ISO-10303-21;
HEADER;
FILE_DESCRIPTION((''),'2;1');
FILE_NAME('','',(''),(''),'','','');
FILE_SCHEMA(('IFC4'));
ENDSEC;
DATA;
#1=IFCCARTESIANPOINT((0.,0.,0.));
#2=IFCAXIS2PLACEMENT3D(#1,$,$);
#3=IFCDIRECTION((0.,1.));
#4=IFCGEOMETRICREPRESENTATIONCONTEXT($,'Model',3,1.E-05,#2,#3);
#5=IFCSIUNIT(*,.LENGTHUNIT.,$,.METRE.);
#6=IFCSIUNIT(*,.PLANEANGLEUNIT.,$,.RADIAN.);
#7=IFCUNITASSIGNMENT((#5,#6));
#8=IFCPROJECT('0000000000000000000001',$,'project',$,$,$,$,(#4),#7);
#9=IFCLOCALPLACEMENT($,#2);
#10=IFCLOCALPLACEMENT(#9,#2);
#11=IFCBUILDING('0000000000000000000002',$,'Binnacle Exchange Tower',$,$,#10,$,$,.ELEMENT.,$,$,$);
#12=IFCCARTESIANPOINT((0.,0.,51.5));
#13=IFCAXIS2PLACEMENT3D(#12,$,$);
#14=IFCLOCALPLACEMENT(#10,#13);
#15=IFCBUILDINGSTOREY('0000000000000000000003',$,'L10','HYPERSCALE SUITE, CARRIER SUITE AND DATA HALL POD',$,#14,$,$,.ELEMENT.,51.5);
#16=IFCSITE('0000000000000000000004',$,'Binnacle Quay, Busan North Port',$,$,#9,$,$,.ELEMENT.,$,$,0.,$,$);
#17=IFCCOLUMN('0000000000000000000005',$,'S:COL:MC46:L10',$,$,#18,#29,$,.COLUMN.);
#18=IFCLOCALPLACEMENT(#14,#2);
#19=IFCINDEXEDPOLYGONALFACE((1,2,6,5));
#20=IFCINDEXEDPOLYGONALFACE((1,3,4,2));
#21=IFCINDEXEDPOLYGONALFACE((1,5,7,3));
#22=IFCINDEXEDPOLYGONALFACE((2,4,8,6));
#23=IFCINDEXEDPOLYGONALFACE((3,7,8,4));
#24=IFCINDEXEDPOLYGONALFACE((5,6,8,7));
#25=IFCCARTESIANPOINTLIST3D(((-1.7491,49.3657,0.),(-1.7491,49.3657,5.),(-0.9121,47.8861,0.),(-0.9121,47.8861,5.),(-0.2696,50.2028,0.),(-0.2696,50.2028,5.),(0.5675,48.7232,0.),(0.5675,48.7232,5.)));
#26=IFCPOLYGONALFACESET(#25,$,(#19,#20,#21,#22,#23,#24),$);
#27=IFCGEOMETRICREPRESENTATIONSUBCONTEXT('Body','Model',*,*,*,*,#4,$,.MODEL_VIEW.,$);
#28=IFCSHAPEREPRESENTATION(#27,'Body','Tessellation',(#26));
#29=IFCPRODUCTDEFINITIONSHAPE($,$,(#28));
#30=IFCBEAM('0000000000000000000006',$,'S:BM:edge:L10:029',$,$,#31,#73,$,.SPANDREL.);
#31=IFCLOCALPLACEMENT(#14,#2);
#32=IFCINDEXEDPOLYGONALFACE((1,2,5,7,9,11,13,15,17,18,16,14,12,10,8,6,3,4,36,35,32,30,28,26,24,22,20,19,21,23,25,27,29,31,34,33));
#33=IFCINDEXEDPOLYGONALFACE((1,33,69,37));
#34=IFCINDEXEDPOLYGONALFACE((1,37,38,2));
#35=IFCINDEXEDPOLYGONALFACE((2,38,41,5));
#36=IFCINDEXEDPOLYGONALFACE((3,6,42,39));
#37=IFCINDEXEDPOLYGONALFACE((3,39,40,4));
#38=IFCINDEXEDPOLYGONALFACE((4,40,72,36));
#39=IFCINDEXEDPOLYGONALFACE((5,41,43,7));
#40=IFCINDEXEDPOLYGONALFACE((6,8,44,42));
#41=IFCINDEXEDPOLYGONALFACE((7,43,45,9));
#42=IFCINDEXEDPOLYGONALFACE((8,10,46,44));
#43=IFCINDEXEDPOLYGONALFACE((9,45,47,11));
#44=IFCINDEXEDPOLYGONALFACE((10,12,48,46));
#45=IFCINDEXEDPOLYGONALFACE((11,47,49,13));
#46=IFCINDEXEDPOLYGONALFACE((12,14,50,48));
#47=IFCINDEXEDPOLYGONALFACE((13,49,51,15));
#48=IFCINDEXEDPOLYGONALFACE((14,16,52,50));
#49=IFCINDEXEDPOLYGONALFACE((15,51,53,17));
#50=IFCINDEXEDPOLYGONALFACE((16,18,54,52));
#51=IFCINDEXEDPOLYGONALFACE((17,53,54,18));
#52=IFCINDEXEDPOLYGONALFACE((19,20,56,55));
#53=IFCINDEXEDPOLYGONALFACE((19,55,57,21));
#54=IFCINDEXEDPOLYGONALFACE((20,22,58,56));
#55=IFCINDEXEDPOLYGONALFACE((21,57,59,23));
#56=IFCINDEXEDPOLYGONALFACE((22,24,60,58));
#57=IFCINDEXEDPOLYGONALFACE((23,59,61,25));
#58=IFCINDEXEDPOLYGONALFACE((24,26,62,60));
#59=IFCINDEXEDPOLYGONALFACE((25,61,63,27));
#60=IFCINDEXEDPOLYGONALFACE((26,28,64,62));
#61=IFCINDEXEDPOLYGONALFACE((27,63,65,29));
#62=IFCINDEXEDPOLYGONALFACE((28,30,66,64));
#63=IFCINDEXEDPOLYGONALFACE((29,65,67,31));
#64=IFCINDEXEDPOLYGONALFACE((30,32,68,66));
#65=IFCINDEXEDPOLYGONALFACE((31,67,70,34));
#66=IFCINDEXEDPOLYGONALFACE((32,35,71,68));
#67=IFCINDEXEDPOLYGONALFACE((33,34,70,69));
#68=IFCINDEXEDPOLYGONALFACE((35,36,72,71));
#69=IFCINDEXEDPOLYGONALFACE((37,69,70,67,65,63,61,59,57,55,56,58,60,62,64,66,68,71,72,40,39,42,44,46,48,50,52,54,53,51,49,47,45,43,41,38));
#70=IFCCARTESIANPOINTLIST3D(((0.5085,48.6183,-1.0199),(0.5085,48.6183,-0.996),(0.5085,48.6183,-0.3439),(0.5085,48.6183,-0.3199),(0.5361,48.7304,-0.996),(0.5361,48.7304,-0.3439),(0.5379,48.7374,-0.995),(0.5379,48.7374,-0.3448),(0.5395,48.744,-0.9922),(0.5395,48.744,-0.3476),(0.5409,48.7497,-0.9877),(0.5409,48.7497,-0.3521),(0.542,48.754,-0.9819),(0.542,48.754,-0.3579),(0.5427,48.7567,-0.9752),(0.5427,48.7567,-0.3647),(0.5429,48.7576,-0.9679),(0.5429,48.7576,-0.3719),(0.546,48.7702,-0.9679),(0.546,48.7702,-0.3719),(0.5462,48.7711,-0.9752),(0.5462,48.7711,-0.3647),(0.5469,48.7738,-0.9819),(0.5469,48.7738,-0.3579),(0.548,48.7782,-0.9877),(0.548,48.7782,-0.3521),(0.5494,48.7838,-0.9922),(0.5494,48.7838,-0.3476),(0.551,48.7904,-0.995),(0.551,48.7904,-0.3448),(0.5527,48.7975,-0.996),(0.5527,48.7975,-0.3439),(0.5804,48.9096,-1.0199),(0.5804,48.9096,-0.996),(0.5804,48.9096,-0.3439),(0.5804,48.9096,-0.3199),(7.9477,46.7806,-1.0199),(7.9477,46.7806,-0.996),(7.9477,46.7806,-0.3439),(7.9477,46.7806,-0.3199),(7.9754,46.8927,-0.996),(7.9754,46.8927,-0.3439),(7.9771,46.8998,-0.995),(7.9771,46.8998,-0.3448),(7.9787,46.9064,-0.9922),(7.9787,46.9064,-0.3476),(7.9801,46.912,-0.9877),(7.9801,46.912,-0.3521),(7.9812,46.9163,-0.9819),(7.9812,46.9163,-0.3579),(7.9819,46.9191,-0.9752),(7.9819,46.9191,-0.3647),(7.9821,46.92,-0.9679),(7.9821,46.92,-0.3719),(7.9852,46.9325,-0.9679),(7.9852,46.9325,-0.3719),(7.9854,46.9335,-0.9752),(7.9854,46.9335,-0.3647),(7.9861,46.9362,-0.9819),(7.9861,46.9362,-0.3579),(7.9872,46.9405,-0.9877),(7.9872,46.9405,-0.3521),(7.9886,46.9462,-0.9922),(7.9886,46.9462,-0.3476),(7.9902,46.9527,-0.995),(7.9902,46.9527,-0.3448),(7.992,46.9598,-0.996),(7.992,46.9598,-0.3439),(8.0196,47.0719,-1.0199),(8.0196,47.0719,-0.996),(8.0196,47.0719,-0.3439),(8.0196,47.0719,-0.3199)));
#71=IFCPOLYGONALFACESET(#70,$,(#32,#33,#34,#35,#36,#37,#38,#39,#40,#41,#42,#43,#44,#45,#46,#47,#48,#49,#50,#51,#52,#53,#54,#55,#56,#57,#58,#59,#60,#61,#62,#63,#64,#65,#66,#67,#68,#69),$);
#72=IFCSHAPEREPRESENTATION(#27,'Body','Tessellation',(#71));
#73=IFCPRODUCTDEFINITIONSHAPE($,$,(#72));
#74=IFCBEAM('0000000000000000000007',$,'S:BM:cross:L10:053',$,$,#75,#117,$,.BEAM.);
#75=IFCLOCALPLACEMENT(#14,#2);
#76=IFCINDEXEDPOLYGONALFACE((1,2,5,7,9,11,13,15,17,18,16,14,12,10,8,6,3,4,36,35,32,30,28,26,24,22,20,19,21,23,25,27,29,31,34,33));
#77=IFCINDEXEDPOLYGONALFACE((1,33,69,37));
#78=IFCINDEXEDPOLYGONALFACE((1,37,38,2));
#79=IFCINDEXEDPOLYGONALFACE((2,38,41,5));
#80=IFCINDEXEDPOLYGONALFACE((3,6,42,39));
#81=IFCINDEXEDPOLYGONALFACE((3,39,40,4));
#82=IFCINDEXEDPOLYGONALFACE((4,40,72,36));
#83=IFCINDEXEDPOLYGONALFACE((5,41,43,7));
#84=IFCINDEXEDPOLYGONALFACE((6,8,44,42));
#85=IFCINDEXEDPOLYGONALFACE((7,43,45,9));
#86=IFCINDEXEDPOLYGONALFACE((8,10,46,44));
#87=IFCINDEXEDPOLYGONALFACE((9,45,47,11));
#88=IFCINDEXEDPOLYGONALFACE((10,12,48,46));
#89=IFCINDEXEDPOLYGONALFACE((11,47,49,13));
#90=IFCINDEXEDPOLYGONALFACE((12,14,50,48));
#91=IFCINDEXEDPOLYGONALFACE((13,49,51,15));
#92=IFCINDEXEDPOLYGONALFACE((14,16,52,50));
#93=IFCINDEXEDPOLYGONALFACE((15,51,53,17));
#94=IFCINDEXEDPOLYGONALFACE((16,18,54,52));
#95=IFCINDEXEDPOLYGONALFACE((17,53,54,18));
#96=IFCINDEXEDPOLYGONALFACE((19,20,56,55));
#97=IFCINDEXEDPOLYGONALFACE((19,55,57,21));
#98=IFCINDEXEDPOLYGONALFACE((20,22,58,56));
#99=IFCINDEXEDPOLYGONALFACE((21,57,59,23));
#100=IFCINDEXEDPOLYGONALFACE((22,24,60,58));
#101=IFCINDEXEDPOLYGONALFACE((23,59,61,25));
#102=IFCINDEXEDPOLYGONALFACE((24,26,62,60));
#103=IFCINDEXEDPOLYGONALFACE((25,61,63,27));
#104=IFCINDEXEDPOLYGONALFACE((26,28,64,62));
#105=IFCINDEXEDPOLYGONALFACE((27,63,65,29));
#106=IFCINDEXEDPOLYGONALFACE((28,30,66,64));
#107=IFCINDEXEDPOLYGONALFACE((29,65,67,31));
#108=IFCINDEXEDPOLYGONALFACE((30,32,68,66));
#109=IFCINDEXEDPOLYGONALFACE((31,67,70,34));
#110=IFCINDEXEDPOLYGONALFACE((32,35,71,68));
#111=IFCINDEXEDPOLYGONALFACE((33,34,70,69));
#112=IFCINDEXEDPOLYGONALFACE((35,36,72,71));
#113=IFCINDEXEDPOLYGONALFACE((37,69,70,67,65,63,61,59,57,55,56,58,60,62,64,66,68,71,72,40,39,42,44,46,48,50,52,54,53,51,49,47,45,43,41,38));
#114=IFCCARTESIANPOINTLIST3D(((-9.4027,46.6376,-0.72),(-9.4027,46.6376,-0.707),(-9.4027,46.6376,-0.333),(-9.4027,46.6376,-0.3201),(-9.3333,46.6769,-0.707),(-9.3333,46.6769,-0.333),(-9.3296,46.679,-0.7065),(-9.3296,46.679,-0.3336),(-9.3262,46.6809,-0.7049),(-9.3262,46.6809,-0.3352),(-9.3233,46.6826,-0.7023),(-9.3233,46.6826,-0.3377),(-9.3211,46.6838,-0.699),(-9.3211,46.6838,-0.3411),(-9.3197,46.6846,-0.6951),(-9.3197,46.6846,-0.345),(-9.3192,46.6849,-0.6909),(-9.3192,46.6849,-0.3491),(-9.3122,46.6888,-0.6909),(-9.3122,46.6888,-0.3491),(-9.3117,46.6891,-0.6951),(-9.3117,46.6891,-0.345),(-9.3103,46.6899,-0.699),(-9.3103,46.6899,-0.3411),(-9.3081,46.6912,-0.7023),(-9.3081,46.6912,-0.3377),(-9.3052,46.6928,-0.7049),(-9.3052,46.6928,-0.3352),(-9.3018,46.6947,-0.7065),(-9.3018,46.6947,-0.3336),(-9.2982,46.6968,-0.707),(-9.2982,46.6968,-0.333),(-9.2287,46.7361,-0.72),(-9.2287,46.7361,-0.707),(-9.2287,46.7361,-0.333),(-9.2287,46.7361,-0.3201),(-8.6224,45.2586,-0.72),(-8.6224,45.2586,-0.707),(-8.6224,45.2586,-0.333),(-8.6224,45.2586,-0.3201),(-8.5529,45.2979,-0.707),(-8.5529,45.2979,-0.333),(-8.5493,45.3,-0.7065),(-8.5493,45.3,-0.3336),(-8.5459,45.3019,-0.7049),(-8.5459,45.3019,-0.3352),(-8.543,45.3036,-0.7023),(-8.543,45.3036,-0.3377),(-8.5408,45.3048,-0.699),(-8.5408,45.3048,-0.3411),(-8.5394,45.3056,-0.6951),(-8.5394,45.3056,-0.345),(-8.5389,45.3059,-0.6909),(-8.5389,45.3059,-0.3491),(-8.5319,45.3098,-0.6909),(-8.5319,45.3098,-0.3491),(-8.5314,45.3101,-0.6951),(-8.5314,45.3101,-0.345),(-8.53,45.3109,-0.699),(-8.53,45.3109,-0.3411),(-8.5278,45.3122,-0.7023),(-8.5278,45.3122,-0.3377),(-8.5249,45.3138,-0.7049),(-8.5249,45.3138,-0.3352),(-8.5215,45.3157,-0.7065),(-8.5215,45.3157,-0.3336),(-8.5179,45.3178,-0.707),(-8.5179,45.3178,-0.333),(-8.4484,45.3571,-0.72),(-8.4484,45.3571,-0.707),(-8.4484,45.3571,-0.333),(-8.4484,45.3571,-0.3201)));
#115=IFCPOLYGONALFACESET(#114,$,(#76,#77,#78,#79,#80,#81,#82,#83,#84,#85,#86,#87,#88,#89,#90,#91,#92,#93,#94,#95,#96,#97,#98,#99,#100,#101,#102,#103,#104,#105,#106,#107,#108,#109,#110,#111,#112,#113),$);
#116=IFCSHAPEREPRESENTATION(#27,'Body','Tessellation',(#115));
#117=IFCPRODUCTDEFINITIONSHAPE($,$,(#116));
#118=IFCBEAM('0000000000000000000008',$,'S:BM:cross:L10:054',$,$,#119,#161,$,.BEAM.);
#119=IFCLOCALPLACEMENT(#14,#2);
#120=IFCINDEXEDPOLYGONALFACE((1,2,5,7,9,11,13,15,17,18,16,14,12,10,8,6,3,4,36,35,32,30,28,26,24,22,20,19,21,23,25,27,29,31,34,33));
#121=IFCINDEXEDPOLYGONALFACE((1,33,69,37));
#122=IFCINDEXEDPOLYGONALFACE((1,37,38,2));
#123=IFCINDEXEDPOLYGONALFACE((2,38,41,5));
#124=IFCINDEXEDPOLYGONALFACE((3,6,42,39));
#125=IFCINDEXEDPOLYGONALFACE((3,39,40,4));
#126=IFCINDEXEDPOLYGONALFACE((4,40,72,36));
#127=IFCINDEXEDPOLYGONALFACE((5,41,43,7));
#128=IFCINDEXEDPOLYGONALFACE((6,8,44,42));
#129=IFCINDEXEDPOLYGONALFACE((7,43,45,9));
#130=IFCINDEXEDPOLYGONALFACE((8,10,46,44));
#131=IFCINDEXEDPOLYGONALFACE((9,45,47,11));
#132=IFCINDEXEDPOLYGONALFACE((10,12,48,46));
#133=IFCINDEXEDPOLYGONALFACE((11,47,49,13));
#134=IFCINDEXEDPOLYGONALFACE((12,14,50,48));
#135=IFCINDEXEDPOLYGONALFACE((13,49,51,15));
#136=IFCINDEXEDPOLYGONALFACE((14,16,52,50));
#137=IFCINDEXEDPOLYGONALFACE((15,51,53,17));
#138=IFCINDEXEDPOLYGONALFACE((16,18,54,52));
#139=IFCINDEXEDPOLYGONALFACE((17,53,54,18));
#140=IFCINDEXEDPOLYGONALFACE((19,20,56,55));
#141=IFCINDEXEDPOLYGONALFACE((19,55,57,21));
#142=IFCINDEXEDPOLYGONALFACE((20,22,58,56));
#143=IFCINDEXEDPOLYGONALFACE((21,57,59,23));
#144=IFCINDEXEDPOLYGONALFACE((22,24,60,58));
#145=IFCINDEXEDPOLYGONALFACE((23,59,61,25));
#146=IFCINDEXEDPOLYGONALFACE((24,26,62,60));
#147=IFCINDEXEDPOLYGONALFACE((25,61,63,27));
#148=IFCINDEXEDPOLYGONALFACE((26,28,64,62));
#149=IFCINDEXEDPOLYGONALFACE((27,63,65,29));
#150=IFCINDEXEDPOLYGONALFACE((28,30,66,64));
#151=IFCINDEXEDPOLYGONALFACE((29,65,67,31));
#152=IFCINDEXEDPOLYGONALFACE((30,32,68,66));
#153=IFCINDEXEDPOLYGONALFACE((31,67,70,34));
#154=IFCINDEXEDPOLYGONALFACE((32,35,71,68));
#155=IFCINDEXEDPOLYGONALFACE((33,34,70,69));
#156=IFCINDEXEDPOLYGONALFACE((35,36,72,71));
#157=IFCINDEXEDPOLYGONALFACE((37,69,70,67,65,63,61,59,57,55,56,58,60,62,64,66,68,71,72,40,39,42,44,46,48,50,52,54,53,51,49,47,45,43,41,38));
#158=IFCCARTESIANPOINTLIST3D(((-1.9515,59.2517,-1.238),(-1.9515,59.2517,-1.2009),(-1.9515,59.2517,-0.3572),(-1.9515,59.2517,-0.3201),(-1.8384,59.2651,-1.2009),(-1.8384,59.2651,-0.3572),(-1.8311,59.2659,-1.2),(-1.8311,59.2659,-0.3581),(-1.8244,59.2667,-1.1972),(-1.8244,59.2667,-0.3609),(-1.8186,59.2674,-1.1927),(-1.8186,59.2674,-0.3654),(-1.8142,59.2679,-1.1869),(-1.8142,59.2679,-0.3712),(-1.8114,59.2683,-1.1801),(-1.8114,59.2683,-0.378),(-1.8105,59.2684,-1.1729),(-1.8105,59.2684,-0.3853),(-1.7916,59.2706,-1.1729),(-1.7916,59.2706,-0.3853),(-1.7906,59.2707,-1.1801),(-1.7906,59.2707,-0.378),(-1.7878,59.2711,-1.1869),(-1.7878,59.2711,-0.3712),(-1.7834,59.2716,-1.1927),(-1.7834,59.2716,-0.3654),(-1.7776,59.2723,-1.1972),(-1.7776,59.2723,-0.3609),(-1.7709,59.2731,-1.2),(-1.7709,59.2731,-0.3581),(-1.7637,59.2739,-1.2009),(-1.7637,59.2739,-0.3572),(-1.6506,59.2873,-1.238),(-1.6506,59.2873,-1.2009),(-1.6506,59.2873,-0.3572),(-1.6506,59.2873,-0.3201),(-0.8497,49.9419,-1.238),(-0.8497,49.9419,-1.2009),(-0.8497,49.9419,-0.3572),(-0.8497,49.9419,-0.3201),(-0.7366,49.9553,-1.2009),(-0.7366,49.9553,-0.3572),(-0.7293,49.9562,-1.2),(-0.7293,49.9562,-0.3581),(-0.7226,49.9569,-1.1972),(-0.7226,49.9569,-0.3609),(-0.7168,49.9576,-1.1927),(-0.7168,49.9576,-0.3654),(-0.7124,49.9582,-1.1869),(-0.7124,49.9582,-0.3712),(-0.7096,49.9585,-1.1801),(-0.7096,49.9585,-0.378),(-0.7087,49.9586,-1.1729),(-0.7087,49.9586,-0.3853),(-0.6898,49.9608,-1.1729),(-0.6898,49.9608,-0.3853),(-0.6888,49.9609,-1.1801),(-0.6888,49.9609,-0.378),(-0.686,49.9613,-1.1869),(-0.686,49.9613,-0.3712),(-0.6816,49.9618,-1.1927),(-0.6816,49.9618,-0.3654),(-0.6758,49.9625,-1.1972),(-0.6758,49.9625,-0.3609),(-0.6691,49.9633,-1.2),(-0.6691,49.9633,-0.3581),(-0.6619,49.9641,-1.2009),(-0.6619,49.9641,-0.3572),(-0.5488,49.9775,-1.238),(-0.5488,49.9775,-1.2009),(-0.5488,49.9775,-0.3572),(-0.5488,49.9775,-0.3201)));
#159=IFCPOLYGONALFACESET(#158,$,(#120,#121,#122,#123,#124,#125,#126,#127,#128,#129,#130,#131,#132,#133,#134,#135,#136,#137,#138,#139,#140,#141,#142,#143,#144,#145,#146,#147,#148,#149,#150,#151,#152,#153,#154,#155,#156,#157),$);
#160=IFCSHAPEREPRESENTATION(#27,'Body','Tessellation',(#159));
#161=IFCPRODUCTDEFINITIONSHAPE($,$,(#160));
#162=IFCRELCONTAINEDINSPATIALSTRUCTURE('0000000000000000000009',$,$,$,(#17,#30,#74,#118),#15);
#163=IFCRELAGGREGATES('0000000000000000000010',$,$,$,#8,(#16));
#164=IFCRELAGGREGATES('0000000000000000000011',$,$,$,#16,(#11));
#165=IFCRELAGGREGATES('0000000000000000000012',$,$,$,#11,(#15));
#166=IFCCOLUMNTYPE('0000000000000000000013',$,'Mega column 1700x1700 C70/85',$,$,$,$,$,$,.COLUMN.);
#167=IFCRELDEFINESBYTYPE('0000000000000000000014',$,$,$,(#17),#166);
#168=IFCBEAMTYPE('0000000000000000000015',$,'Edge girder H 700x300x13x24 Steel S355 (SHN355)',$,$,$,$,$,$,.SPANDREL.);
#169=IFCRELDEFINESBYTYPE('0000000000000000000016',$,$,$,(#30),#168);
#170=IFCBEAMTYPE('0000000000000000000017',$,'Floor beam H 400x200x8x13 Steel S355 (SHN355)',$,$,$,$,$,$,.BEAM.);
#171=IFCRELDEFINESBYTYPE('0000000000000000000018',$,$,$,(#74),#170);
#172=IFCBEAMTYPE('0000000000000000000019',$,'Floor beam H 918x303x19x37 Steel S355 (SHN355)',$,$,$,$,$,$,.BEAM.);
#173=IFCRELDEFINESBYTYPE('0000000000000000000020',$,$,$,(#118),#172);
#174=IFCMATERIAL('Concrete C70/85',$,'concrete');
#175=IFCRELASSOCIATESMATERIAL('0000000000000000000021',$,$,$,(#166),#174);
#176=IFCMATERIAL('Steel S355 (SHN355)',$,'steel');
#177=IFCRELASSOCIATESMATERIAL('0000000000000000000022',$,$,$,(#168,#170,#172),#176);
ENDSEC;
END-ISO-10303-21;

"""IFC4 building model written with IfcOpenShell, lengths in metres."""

from ifc_helpers import new_model, si_unit, direction, frame, origin, origin_2d, place, context, subcontext, project, spatial, rectangle, i_section, extrude, material, material_profile, profile_set, type_object, element, save


model = new_model("IFC4")

# Units and contexts
model_context = context("Model", 3, precision=1e-05, world=origin(), true_north=direction((0.0, 1.0)))
body_context = subcontext(model_context, "Body", "Model", "MODEL_VIEW")
ifc_project = project(units=[si_unit("LENGTHUNIT", "METRE"), si_unit("PLANEANGLEUNIT", "RADIAN")], contexts=[model_context])

# Site, building, storey
site_placement = place(None, origin())
site = spatial("IfcSite", under=ifc_project, at=site_placement, Name="Binnacle Quay, Busan North Port", CompositionType="ELEMENT", RefElevation=0.0)
building_placement = place(site_placement, origin())
building = spatial("IfcBuilding", under=site, at=building_placement, Name="Binnacle Exchange Tower", CompositionType="ELEMENT")
storey_placement = place(building_placement, frame((0.0, 0.0, 51.5)))
storey = spatial("IfcBuildingStorey", under=building, at=storey_placement, Name="L10", Description="HYPERSCALE SUITE, CARRIER SUITE AND DATA HALL POD", CompositionType="ELEMENT", Elevation=51.5)

# Column
ifc_material_1 = material(Name="Concrete C70/85", Category="concrete")
ifc_material_profile_1 = material_profile(ifc_material_1, rectangle(XDim=1.7, YDim=1.7, at=origin_2d()), Name="Mega column 1700x1700 C70/85")
ifc_profile_set_1 = profile_set([ifc_material_profile_1], Name="Concrete C70/85")
column_type = type_object("IfcColumnType", Name="Mega column 1700x1700 C70/85", PredefinedType="COLUMN", material=ifc_profile_set_1)
column_placement = place(storey_placement, frame((-0.5908, 49.0444, 0.0), z_axis=(0.0, 0.0, 1.0), x_axis=(0.870356, 0.492424, 0.0)))
element("IfcColumn", 1, at=column_placement, inside=storey, type_object=column_type, Name="S:COL:MC46:L10", PredefinedType="COLUMN", context=body_context, shape_type="SweptSolid", body=[
    extrude(rectangle(XDim=1.7, YDim=1.7, at=origin_2d()), origin(), (0.0, 0.0, 1.0), 5.0),
])

# Beams
ifc_material_2 = material(Name="Steel S355 (SHN355)", Category="steel")
ifc_material_profile_2 = material_profile(ifc_material_2, i_section(OverallWidth=0.3, OverallDepth=0.7, WebThickness=0.0129, FlangeThickness=0.0239, FilletRadius=0.0281, at=origin_2d()), Name="H 700x300x13x24")
ifc_profile_set_2 = profile_set([ifc_material_profile_2], Name="Steel S355 (SHN355)")
beam_type_1 = type_object("IfcBeamType", Name="Edge girder H 700x300x13x24 Steel S355 (SHN355)", PredefinedType="SPANDREL", material=ifc_profile_set_2)
beam_1_placement = place(storey_placement, frame((0.5444, 48.7639, -0.6699), z_axis=(0.970819, -0.239813, 0.0), x_axis=(0.239813, 0.970819, 0.0)))
element("IfcBeam", 2, at=beam_1_placement, inside=storey, type_object=beam_type_1, Name="S:BM:edge:L10:029", PredefinedType="SPANDREL", context=body_context, shape_type="SweptSolid", body=[
    extrude(i_section(OverallWidth=0.3, OverallDepth=0.7, WebThickness=0.0129, FlangeThickness=0.0239, FilletRadius=0.0281, at=origin_2d()), origin(), (0.0, 0.0, 1.0), 7.6628),
])
ifc_material_profile_3 = material_profile(ifc_material_2, i_section(OverallWidth=0.2, OverallDepth=0.3999, WebThickness=0.0081, FlangeThickness=0.0129, FilletRadius=0.0161, at=origin_2d()), Name="H 400x200x8x13")
ifc_profile_set_3 = profile_set([ifc_material_profile_3], Name="Steel S355 (SHN355)")
beam_type_2 = type_object("IfcBeamType", Name="Floor beam H 400x200x8x13 Steel S355 (SHN355)", PredefinedType="BEAM", material=ifc_profile_set_3)
beam_2_placement = place(storey_placement, frame((-8.5354, 45.3079, -0.52), z_axis=(-0.492484, 0.870322, 0.0), x_axis=(-0.870322, -0.492484, 0.0)))
element("IfcBeam", 3, at=beam_2_placement, inside=storey, type_object=beam_type_2, Name="S:BM:cross:L10:053", PredefinedType="BEAM", context=body_context, shape_type="SweptSolid", body=[
    extrude(i_section(OverallWidth=0.2, OverallDepth=0.3999, WebThickness=0.0081, FlangeThickness=0.0129, FilletRadius=0.0161, at=origin_2d()), origin(), (0.0, 0.0, 1.0), 1.5845),
])
ifc_material_profile_4 = material_profile(ifc_material_2, i_section(OverallWidth=0.303, OverallDepth=0.918, WebThickness=0.019, FlangeThickness=0.0371, FilletRadius=0.0281, at=origin_2d()), Name="H 918x303x19x37")
ifc_profile_set_4 = profile_set([ifc_material_profile_4], Name="Steel S355 (SHN355)")
beam_type_3 = type_object("IfcBeamType", Name="Floor beam H 918x303x19x37 Steel S355 (SHN355)", PredefinedType="BEAM", material=ifc_profile_set_4)
beam_3_placement = place(storey_placement, frame((-0.6992, 49.9597, -0.7791), z_axis=(-0.117529, 0.993069, 0.0), x_axis=(-0.993069, -0.117529, 0.0)))
element("IfcBeam", 4, at=beam_3_placement, inside=storey, type_object=beam_type_3, Name="S:BM:cross:L10:054", PredefinedType="BEAM", context=body_context, shape_type="SweptSolid", body=[
    extrude(i_section(OverallWidth=0.303, OverallDepth=0.918, WebThickness=0.019, FlangeThickness=0.0371, FilletRadius=0.0281, at=origin_2d()), origin(), (0.0, 0.0, 1.0), 9.3748),
])

save(model, "model.ifc")
